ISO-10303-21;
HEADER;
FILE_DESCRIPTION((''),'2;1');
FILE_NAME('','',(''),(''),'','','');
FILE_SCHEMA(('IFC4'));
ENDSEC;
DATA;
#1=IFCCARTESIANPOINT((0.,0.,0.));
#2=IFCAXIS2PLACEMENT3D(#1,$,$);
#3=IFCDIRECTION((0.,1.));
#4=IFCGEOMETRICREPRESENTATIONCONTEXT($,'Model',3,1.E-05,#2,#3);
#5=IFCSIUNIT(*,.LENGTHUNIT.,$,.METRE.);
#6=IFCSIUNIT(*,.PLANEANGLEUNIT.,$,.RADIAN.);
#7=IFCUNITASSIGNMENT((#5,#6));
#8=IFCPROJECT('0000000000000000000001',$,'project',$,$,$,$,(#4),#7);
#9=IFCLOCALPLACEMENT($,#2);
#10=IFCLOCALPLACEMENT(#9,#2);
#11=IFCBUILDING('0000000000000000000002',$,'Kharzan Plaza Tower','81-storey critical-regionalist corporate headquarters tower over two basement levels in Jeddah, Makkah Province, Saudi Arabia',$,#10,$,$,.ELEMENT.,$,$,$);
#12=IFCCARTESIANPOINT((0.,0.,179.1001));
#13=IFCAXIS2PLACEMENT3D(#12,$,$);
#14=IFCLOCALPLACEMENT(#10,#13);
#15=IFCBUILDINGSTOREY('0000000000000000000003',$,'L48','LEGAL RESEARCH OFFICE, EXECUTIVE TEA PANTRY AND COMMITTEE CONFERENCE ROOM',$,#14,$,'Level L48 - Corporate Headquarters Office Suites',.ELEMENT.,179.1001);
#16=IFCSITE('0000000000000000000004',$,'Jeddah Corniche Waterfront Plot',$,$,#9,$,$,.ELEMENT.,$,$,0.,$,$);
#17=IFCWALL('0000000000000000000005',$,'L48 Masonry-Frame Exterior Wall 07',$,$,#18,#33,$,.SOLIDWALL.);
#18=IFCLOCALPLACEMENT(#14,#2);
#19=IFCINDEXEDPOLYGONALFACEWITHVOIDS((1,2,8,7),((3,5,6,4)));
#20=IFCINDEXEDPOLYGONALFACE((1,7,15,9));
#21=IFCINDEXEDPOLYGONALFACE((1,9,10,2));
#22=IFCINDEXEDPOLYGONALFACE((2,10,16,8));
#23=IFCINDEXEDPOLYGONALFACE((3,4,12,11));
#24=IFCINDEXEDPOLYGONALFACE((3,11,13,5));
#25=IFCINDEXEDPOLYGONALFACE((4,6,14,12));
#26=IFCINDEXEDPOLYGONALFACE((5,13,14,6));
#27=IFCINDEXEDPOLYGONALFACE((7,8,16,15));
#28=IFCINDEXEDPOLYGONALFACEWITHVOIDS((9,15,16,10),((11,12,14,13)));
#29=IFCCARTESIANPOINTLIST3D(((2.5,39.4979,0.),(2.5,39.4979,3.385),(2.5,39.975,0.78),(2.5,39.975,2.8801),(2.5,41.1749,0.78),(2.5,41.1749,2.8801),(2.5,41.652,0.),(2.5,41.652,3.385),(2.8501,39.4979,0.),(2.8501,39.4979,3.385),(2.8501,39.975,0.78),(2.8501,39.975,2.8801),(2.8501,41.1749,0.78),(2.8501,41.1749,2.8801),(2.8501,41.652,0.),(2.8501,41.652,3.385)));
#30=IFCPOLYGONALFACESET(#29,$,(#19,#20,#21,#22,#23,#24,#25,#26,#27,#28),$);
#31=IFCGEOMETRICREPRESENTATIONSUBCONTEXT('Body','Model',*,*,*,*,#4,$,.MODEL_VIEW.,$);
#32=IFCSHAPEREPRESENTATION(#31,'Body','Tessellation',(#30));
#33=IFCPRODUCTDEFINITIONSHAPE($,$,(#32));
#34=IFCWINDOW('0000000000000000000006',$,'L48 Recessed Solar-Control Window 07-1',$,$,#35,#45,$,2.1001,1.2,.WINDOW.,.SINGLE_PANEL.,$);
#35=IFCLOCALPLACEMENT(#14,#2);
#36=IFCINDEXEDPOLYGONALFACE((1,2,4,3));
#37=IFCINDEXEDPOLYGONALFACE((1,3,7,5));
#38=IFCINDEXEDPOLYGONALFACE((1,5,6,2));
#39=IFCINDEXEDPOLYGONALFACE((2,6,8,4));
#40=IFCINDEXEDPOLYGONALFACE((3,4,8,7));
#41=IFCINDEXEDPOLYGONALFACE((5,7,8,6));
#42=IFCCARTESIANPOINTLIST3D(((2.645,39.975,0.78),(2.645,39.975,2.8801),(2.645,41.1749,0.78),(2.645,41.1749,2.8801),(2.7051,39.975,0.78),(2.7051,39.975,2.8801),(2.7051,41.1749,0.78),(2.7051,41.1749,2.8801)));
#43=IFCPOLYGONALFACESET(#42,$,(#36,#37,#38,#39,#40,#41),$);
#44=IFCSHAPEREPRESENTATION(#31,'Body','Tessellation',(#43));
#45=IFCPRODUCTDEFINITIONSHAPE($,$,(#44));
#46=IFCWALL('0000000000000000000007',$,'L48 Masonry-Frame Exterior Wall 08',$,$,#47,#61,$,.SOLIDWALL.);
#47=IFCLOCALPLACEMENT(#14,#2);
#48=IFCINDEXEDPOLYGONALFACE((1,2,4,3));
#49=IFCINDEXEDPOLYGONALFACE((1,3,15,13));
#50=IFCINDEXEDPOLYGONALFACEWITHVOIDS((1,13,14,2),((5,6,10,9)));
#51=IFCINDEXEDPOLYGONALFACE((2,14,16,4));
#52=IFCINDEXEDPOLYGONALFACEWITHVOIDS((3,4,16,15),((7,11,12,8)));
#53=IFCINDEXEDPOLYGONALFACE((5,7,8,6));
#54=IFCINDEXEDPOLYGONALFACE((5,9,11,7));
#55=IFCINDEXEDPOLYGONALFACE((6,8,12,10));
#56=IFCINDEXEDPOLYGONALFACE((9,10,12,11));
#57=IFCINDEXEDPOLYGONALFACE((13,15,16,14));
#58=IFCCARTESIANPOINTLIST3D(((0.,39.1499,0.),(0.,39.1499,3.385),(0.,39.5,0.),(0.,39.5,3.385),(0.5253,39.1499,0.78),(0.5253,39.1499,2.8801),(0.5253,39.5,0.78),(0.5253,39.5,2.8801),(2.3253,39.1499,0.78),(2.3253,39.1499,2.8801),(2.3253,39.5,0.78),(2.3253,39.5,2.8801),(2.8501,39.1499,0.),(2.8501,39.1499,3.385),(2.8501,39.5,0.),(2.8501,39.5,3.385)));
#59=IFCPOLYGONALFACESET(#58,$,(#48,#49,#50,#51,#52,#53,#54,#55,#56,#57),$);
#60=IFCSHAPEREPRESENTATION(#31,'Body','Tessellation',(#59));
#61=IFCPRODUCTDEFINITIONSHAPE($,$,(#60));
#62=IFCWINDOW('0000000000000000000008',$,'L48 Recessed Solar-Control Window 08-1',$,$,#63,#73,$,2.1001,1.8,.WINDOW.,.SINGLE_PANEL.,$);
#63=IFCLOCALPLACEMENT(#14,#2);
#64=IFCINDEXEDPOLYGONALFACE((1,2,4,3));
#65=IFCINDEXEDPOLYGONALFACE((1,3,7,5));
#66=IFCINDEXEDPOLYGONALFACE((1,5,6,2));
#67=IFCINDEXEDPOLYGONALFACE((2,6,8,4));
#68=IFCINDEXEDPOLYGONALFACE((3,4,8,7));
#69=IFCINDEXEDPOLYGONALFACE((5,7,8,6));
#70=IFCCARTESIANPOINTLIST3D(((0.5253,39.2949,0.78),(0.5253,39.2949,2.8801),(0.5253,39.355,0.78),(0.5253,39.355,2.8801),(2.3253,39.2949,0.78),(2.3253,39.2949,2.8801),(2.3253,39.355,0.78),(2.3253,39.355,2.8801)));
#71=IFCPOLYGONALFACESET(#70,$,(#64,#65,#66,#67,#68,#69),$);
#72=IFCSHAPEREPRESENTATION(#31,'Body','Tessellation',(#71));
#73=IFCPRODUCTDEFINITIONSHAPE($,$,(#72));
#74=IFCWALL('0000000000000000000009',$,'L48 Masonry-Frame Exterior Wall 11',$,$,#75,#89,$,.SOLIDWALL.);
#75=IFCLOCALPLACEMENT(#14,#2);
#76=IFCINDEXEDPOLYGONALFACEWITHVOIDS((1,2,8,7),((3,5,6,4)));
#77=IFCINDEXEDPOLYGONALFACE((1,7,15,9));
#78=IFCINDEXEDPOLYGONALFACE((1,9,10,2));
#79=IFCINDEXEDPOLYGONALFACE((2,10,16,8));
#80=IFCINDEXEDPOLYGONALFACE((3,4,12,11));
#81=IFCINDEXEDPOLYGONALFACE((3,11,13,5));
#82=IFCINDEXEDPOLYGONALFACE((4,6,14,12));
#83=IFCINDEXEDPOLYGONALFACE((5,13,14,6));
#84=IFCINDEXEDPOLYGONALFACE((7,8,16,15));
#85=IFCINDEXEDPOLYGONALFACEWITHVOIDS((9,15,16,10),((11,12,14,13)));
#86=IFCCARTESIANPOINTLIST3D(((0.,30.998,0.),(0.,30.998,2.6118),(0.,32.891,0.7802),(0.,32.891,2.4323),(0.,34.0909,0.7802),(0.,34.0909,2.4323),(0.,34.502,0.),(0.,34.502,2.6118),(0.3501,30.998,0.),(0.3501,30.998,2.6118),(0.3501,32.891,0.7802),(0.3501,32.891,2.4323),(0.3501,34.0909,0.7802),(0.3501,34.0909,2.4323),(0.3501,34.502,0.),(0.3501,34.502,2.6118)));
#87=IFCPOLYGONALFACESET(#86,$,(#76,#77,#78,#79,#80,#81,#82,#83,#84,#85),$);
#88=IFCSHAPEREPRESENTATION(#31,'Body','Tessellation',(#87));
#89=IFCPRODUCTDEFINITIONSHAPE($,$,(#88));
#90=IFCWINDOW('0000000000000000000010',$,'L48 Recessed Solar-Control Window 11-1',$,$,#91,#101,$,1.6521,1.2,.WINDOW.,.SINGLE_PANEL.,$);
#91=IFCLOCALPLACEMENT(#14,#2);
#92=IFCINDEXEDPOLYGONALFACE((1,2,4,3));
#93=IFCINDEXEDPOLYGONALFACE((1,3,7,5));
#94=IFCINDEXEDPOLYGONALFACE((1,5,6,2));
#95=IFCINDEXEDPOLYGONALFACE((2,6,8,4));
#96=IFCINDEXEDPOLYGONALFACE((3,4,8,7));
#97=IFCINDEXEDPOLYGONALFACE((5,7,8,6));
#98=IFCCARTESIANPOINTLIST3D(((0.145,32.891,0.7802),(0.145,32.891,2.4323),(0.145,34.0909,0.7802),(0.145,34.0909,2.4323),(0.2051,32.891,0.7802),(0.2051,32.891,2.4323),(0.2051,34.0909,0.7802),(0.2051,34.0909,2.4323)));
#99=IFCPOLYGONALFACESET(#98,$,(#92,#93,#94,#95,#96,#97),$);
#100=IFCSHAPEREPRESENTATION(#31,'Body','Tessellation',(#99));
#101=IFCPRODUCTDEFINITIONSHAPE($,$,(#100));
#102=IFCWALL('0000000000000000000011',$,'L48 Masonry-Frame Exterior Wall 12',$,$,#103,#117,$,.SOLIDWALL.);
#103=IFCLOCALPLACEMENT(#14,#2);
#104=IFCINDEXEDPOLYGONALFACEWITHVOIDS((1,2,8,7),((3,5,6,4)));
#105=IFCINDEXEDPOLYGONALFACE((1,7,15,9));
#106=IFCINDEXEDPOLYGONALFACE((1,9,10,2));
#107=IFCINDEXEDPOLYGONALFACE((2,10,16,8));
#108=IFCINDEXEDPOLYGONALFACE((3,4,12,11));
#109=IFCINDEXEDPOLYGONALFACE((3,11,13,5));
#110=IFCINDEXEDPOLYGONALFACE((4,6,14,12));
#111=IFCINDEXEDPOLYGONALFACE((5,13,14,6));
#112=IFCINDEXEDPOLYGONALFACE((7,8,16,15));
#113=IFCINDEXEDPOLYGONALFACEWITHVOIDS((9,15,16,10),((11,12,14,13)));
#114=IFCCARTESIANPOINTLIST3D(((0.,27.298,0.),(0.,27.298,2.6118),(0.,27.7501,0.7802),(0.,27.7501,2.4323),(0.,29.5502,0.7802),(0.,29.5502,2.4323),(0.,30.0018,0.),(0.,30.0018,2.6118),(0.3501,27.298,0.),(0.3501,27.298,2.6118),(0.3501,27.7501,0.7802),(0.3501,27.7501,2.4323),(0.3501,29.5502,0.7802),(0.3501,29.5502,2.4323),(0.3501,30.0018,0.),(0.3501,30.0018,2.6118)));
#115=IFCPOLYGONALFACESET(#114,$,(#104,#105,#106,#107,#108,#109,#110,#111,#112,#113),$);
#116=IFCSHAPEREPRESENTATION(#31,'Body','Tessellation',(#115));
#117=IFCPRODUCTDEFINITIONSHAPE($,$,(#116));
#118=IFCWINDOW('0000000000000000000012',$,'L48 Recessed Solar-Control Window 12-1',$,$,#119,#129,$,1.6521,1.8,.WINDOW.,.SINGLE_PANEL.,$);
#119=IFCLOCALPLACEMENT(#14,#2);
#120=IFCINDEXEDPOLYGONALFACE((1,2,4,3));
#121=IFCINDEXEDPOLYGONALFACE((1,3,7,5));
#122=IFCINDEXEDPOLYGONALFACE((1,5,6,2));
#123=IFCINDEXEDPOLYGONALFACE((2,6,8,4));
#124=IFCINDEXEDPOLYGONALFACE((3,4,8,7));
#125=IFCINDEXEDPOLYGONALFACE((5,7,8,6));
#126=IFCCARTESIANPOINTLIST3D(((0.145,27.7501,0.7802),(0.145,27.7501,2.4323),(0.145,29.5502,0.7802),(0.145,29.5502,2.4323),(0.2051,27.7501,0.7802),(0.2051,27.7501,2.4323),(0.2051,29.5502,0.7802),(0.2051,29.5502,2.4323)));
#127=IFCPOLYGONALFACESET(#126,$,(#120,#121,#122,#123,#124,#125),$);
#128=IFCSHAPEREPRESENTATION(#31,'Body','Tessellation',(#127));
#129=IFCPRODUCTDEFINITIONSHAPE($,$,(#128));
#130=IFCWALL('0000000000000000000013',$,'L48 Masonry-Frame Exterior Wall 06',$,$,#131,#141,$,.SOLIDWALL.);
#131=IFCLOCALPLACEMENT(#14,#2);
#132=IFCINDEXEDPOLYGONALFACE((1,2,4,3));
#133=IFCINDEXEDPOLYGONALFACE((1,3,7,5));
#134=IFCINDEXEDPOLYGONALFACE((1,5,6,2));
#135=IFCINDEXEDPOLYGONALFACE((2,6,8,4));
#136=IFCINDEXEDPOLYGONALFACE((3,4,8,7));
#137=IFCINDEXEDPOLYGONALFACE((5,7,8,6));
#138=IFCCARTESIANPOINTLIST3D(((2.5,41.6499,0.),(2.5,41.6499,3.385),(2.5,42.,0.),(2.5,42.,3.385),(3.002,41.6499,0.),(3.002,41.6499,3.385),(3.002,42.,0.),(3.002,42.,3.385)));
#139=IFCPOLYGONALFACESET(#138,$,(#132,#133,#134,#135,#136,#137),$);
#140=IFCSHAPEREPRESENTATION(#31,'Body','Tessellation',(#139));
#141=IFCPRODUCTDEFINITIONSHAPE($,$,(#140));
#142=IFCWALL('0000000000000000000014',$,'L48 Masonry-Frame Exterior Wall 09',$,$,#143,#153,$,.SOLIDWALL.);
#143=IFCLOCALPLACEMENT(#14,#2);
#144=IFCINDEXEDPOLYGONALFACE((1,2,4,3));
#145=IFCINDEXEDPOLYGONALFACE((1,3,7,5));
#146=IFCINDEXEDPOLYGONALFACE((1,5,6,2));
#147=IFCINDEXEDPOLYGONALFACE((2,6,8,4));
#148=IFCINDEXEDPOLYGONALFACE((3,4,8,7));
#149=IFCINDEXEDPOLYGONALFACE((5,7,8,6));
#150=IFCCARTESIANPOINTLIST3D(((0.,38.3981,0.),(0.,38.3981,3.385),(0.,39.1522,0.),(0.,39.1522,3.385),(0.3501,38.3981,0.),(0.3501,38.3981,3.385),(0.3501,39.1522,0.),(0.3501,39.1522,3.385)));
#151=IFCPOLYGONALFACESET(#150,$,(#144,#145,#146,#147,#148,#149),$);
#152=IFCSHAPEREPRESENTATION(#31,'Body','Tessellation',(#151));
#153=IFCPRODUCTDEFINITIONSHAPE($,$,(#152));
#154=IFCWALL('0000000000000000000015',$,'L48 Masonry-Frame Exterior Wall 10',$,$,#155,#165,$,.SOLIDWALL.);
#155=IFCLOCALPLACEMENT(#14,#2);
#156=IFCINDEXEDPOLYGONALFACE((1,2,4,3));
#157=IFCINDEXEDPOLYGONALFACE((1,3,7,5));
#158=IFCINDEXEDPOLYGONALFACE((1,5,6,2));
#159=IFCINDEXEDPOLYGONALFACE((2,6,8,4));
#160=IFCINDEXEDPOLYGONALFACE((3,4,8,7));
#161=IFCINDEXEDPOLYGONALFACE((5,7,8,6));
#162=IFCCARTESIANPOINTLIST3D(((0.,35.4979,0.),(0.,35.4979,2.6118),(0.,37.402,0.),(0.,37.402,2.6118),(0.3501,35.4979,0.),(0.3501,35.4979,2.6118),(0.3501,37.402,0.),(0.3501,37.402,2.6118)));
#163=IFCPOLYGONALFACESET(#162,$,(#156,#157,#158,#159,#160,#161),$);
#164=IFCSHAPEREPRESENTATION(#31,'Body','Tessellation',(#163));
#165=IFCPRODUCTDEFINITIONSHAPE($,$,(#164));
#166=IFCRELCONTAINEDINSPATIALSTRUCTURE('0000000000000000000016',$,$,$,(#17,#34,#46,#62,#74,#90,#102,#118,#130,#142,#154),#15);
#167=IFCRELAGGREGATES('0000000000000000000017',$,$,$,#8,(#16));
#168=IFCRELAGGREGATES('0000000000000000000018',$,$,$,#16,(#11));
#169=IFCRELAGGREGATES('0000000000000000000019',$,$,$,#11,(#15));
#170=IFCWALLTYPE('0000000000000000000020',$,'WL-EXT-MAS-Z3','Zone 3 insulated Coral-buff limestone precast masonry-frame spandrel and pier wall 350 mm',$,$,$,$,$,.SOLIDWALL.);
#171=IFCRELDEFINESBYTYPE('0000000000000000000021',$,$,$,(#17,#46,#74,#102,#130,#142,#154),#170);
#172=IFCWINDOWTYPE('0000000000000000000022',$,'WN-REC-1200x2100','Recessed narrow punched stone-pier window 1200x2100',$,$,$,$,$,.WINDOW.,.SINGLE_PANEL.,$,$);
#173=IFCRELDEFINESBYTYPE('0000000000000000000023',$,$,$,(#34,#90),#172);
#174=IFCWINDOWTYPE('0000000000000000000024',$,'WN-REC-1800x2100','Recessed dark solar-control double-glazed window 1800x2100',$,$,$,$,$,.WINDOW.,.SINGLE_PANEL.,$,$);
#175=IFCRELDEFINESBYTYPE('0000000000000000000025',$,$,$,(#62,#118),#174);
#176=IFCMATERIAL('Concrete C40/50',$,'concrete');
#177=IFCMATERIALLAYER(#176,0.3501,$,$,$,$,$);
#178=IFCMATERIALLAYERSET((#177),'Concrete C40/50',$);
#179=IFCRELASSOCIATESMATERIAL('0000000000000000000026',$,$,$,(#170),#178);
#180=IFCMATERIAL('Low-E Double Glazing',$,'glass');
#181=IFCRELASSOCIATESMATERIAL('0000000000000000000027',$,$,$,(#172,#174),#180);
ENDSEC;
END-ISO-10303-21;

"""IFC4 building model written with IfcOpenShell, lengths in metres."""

from ifc_helpers import new_model, si_unit, direction, frame, frame_2d, origin, place, context, subcontext, project, spatial, rectangle, extrude, source, transform, mapped, material, layer, layer_set, type_object, element, fill, save


model = new_model("IFC4")

# Units and contexts
model_context = context("Model", 3, precision=1e-05, world=origin(), true_north=direction((0.0, 1.0)))
body_context = subcontext(model_context, "Body", "Model", "MODEL_VIEW")
ifc_project = project(units=[si_unit("LENGTHUNIT", "METRE"), si_unit("PLANEANGLEUNIT", "RADIAN")], contexts=[model_context])

# Site, building, storey
site_placement = place(None, origin())
site = spatial("IfcSite", under=ifc_project, at=site_placement, Name="Jeddah Corniche Waterfront Plot", CompositionType="ELEMENT", RefElevation=0.0)
building_placement = place(site_placement, origin())
building = spatial("IfcBuilding", under=site, at=building_placement, Name="Kharzan Plaza Tower", Description="81-storey critical-regionalist corporate headquarters tower over two basement levels in Jeddah, Makkah Province, Saudi Arabia", CompositionType="ELEMENT")
storey_placement = place(building_placement, frame((0.0, 0.0, 179.1001)))
storey = spatial("IfcBuildingStorey", under=building, at=storey_placement, Name="L48", Description="LEGAL RESEARCH OFFICE, EXECUTIVE TEA PANTRY AND COMMITTEE CONFERENCE ROOM", LongName="Level L48 - Corporate Headquarters Office Suites", CompositionType="ELEMENT", Elevation=179.1001)

# Walls, openings, windows
ifc_material_1 = material(Name="Concrete C40/50", Category="concrete")
ifc_layer_1 = layer(ifc_material_1, 0.3501)
ifc_layer_set_1 = layer_set([ifc_layer_1], Name="Concrete C40/50")
wall_type_1 = type_object("IfcWallType", Name="WL-EXT-MAS-Z3", Description="Zone 3 insulated Coral-buff limestone precast masonry-frame spandrel and pier wall 350 mm", PredefinedType="SOLIDWALL", material=ifc_layer_set_1)
wall_1_placement = place(storey_placement, frame((2.675, 41.6521, 0.0), z_axis=(0.0, 0.0, 1.0), x_axis=(0.0, -1.0, 0.0)))
wall_1 = element("IfcWall", 1, at=wall_1_placement, inside=storey, type_object=wall_type_1, Name="L48 Masonry-Frame Exterior Wall 07", PredefinedType="SOLIDWALL", context=body_context, shape_type="SweptSolid", body=[
    extrude(rectangle(XDim=2.1541, YDim=0.3501, at=frame_2d((1.0771, 0.0))), origin(), (0.0, 0.0, 1.0), 3.385),
])
opening_1_placement = place(wall_1_placement, frame((0.4771, 0.0, 0.78)))
opening_1 = element("IfcOpeningElement", 2, at=opening_1_placement, cuts=wall_1, PredefinedType="OPENING", context=body_context, shape_type="SweptSolid", body=[
    extrude(rectangle(XDim=1.2, YDim=2.1001, at=frame_2d((0.6001, 1.05))), frame((0.0, 0.1851, 0.0), z_axis=(0.0, -1.0, 0.0), x_axis=(1.0, 0.0, 0.0)), (0.0, 0.0, 1.0), 0.3701),
])
ifc_material_2 = material(Name="Low-E Double Glazing", Category="glass")
window_type_1 = type_object("IfcWindowType", Name="WN-REC-1200x2100", Description="Recessed narrow punched stone-pier window 1200x2100", PartitioningType="SINGLE_PANEL", PredefinedType="WINDOW", material=ifc_material_2)
shared_shape_1 = source(origin(), body_context, "Body", "SweptSolid", [
    extrude(rectangle(XDim=1.2, YDim=2.1001, at=frame_2d((0.6001, 1.05))), frame((0.0, 0.03, 0.0), z_axis=(0.0, -1.0, 0.0), x_axis=(1.0, 0.0, 0.0)), (0.0, 0.0, 1.0), 0.0601),
])
window_1_placement = place(opening_1_placement, origin())
window_1 = element("IfcWindow", 3, at=window_1_placement, inside=storey, type_object=window_type_1, Name="L48 Recessed Solar-Control Window 07-1", OverallHeight=2.1001, OverallWidth=1.2, PartitioningType="SINGLE_PANEL", PredefinedType="WINDOW", context=body_context, shape_type="MappedRepresentation", body=[
    mapped(shared_shape_1, transform((0.0, 0.0, 0.0), x_axis=(1.0, 0.0, 0.0), y_axis=(0.0, 1.0, 0.0), z_axis=(0.0, 0.0, 1.0))),
])
fill(opening_1, window_1)
wall_2_placement = place(storey_placement, frame((2.8501, 39.325, 0.0), z_axis=(0.0, 0.0, 1.0), x_axis=(-1.0, 0.0, 0.0)))
wall_2 = element("IfcWall", 4, at=wall_2_placement, inside=storey, type_object=wall_type_1, Name="L48 Masonry-Frame Exterior Wall 08", PredefinedType="SOLIDWALL", context=body_context, shape_type="SweptSolid", body=[
    extrude(rectangle(XDim=2.8501, YDim=0.3501, at=frame_2d((1.425, 0.0))), origin(), (0.0, 0.0, 1.0), 3.385),
])
opening_2_placement = place(wall_2_placement, frame((0.5249, 0.0, 0.78)))
opening_2 = element("IfcOpeningElement", 5, at=opening_2_placement, cuts=wall_2, PredefinedType="OPENING", context=body_context, shape_type="SweptSolid", body=[
    extrude(rectangle(XDim=1.8, YDim=2.1001, at=frame_2d((0.8999, 1.05))), frame((0.0, 0.1851, 0.0), z_axis=(0.0, -1.0, 0.0), x_axis=(1.0, 0.0, 0.0)), (0.0, 0.0, 1.0), 0.3701),
])
window_type_2 = type_object("IfcWindowType", Name="WN-REC-1800x2100", Description="Recessed dark solar-control double-glazed window 1800x2100", PartitioningType="SINGLE_PANEL", PredefinedType="WINDOW", material=ifc_material_2)
shared_shape_2 = source(origin(), body_context, "Body", "SweptSolid", [
    extrude(rectangle(XDim=1.8, YDim=2.1001, at=frame_2d((0.8999, 1.05))), frame((0.0, 0.03, 0.0), z_axis=(0.0, -1.0, 0.0), x_axis=(1.0, 0.0, 0.0)), (0.0, 0.0, 1.0), 0.0601),
])
window_2_placement = place(opening_2_placement, origin())
window_2 = element("IfcWindow", 6, at=window_2_placement, inside=storey, type_object=window_type_2, Name="L48 Recessed Solar-Control Window 08-1", OverallHeight=2.1001, OverallWidth=1.8, PartitioningType="SINGLE_PANEL", PredefinedType="WINDOW", context=body_context, shape_type="MappedRepresentation", body=[
    mapped(shared_shape_2, transform((0.0, 0.0, 0.0), x_axis=(1.0, 0.0, 0.0), y_axis=(0.0, 1.0, 0.0), z_axis=(0.0, 0.0, 1.0))),
])
fill(opening_2, window_2)
wall_3_placement = place(storey_placement, frame((0.175, 34.502, 0.0), z_axis=(0.0, 0.0, 1.0), x_axis=(0.0, -1.0, 0.0)))
wall_3 = element("IfcWall", 7, at=wall_3_placement, inside=storey, type_object=wall_type_1, Name="L48 Masonry-Frame Exterior Wall 11", PredefinedType="SOLIDWALL", context=body_context, shape_type="SweptSolid", body=[
    extrude(rectangle(XDim=3.5039, YDim=0.3501, at=frame_2d((1.752, 0.0))), origin(), (0.0, 0.0, 1.0), 2.6118),
])
opening_3_placement = place(wall_3_placement, frame((0.4109, 0.0, 0.78)))
opening_3 = element("IfcOpeningElement", 8, at=opening_3_placement, cuts=wall_3, PredefinedType="OPENING", context=body_context, shape_type="SweptSolid", body=[
    extrude(rectangle(XDim=1.2, YDim=1.6521, at=frame_2d((0.6001, 0.8262))), frame((0.0, 0.1851, 0.0), z_axis=(0.0, -1.0, 0.0), x_axis=(1.0, 0.0, 0.0)), (0.0, 0.0, 1.0), 0.3701),
])
shared_shape_3 = source(origin(), body_context, "Body", "SweptSolid", [
    extrude(rectangle(XDim=1.2, YDim=1.6521, at=frame_2d((0.6001, 0.8262))), frame((0.0, 0.03, 0.0), z_axis=(0.0, -1.0, 0.0), x_axis=(1.0, 0.0, 0.0)), (0.0, 0.0, 1.0), 0.0601),
])
window_3_placement = place(opening_3_placement, origin())
window_3 = element("IfcWindow", 9, at=window_3_placement, inside=storey, type_object=window_type_1, Name="L48 Recessed Solar-Control Window 11-1", OverallHeight=1.6521, OverallWidth=1.2, PartitioningType="SINGLE_PANEL", PredefinedType="WINDOW", context=body_context, shape_type="MappedRepresentation", body=[
    mapped(shared_shape_3, transform((0.0, 0.0, 0.0), x_axis=(1.0, 0.0, 0.0), y_axis=(0.0, 1.0, 0.0), z_axis=(0.0, 0.0, 1.0))),
])
fill(opening_3, window_3)
wall_4_placement = place(storey_placement, frame((0.175, 30.002, 0.0), z_axis=(0.0, 0.0, 1.0), x_axis=(0.0, -1.0, 0.0)))
wall_4 = element("IfcWall", 10, at=wall_4_placement, inside=storey, type_object=wall_type_1, Name="L48 Masonry-Frame Exterior Wall 12", PredefinedType="SOLIDWALL", context=body_context, shape_type="SweptSolid", body=[
    extrude(rectangle(XDim=2.7039, YDim=0.3501, at=frame_2d((1.3521, 0.0))), origin(), (0.0, 0.0, 1.0), 2.6118),
])
opening_4_placement = place(wall_4_placement, frame((0.4519, 0.0, 0.78)))
opening_4 = element("IfcOpeningElement", 11, at=opening_4_placement, cuts=wall_4, PredefinedType="OPENING", context=body_context, shape_type="SweptSolid", body=[
    extrude(rectangle(XDim=1.8, YDim=1.6521, at=frame_2d((0.8999, 0.8262))), frame((0.0, 0.1851, 0.0), z_axis=(0.0, -1.0, 0.0), x_axis=(1.0, 0.0, 0.0)), (0.0, 0.0, 1.0), 0.3701),
])
shared_shape_4 = source(origin(), body_context, "Body", "SweptSolid", [
    extrude(rectangle(XDim=1.8, YDim=1.6521, at=frame_2d((0.8999, 0.8262))), frame((0.0, 0.03, 0.0), z_axis=(0.0, -1.0, 0.0), x_axis=(1.0, 0.0, 0.0)), (0.0, 0.0, 1.0), 0.0601),
])
window_4_placement = place(opening_4_placement, origin())
window_4 = element("IfcWindow", 12, at=window_4_placement, inside=storey, type_object=window_type_2, Name="L48 Recessed Solar-Control Window 12-1", OverallHeight=1.6521, OverallWidth=1.8, PartitioningType="SINGLE_PANEL", PredefinedType="WINDOW", context=body_context, shape_type="MappedRepresentation", body=[
    mapped(shared_shape_4, transform((0.0, 0.0, 0.0), x_axis=(1.0, 0.0, 0.0), y_axis=(0.0, 1.0, 0.0), z_axis=(0.0, 0.0, 1.0))),
])
fill(opening_4, window_4)

# Walls
shared_shape_5 = source(origin(), body_context, "Body", "SweptSolid", [
    extrude(rectangle(XDim=0.502, YDim=0.3501, at=frame_2d((0.251, 0.0))), origin(), (0.0, 0.0, 1.0), 3.385),
])
wall_5_placement = place(storey_placement, frame((3.002, 41.825, 0.0), z_axis=(0.0, 0.0, 1.0), x_axis=(-1.0, 0.0, 0.0)))
element("IfcWall", 13, at=wall_5_placement, inside=storey, type_object=wall_type_1, Name="L48 Masonry-Frame Exterior Wall 06", PredefinedType="SOLIDWALL", context=body_context, shape_type="MappedRepresentation", body=[
    mapped(shared_shape_5, transform((0.0, 0.0, 0.0), x_axis=(1.0, 0.0, 0.0), y_axis=(0.0, 1.0, 0.0), z_axis=(0.0, 0.0, 1.0))),
])
shared_shape_6 = source(origin(), body_context, "Body", "SweptSolid", [
    extrude(rectangle(XDim=0.7542, YDim=0.3501, at=frame_2d((0.377, 0.0))), origin(), (0.0, 0.0, 1.0), 3.385),
])
wall_6_placement = place(storey_placement, frame((0.175, 39.1521, 0.0), z_axis=(0.0, 0.0, 1.0), x_axis=(0.0, -1.0, 0.0)))
element("IfcWall", 14, at=wall_6_placement, inside=storey, type_object=wall_type_1, Name="L48 Masonry-Frame Exterior Wall 09", PredefinedType="SOLIDWALL", context=body_context, shape_type="MappedRepresentation", body=[
    mapped(shared_shape_6, transform((0.0, 0.0, 0.0), x_axis=(1.0, 0.0, 0.0), y_axis=(0.0, 1.0, 0.0), z_axis=(0.0, 0.0, 1.0))),
])
shared_shape_7 = source(origin(), body_context, "Body", "SweptSolid", [
    extrude(rectangle(XDim=1.9041, YDim=0.3501, at=frame_2d((0.9521, 0.0))), origin(), (0.0, 0.0, 1.0), 2.6118),
])
wall_7_placement = place(storey_placement, frame((0.175, 37.4021, 0.0), z_axis=(0.0, 0.0, 1.0), x_axis=(0.0, -1.0, 0.0)))
element("IfcWall", 15, at=wall_7_placement, inside=storey, type_object=wall_type_1, Name="L48 Masonry-Frame Exterior Wall 10", PredefinedType="SOLIDWALL", context=body_context, shape_type="MappedRepresentation", body=[
    mapped(shared_shape_7, transform((0.0, 0.0, 0.0), x_axis=(1.0, 0.0, 0.0), y_axis=(0.0, 1.0, 0.0), z_axis=(0.0, 0.0, 1.0))),
])

save(model, "model.ifc")
